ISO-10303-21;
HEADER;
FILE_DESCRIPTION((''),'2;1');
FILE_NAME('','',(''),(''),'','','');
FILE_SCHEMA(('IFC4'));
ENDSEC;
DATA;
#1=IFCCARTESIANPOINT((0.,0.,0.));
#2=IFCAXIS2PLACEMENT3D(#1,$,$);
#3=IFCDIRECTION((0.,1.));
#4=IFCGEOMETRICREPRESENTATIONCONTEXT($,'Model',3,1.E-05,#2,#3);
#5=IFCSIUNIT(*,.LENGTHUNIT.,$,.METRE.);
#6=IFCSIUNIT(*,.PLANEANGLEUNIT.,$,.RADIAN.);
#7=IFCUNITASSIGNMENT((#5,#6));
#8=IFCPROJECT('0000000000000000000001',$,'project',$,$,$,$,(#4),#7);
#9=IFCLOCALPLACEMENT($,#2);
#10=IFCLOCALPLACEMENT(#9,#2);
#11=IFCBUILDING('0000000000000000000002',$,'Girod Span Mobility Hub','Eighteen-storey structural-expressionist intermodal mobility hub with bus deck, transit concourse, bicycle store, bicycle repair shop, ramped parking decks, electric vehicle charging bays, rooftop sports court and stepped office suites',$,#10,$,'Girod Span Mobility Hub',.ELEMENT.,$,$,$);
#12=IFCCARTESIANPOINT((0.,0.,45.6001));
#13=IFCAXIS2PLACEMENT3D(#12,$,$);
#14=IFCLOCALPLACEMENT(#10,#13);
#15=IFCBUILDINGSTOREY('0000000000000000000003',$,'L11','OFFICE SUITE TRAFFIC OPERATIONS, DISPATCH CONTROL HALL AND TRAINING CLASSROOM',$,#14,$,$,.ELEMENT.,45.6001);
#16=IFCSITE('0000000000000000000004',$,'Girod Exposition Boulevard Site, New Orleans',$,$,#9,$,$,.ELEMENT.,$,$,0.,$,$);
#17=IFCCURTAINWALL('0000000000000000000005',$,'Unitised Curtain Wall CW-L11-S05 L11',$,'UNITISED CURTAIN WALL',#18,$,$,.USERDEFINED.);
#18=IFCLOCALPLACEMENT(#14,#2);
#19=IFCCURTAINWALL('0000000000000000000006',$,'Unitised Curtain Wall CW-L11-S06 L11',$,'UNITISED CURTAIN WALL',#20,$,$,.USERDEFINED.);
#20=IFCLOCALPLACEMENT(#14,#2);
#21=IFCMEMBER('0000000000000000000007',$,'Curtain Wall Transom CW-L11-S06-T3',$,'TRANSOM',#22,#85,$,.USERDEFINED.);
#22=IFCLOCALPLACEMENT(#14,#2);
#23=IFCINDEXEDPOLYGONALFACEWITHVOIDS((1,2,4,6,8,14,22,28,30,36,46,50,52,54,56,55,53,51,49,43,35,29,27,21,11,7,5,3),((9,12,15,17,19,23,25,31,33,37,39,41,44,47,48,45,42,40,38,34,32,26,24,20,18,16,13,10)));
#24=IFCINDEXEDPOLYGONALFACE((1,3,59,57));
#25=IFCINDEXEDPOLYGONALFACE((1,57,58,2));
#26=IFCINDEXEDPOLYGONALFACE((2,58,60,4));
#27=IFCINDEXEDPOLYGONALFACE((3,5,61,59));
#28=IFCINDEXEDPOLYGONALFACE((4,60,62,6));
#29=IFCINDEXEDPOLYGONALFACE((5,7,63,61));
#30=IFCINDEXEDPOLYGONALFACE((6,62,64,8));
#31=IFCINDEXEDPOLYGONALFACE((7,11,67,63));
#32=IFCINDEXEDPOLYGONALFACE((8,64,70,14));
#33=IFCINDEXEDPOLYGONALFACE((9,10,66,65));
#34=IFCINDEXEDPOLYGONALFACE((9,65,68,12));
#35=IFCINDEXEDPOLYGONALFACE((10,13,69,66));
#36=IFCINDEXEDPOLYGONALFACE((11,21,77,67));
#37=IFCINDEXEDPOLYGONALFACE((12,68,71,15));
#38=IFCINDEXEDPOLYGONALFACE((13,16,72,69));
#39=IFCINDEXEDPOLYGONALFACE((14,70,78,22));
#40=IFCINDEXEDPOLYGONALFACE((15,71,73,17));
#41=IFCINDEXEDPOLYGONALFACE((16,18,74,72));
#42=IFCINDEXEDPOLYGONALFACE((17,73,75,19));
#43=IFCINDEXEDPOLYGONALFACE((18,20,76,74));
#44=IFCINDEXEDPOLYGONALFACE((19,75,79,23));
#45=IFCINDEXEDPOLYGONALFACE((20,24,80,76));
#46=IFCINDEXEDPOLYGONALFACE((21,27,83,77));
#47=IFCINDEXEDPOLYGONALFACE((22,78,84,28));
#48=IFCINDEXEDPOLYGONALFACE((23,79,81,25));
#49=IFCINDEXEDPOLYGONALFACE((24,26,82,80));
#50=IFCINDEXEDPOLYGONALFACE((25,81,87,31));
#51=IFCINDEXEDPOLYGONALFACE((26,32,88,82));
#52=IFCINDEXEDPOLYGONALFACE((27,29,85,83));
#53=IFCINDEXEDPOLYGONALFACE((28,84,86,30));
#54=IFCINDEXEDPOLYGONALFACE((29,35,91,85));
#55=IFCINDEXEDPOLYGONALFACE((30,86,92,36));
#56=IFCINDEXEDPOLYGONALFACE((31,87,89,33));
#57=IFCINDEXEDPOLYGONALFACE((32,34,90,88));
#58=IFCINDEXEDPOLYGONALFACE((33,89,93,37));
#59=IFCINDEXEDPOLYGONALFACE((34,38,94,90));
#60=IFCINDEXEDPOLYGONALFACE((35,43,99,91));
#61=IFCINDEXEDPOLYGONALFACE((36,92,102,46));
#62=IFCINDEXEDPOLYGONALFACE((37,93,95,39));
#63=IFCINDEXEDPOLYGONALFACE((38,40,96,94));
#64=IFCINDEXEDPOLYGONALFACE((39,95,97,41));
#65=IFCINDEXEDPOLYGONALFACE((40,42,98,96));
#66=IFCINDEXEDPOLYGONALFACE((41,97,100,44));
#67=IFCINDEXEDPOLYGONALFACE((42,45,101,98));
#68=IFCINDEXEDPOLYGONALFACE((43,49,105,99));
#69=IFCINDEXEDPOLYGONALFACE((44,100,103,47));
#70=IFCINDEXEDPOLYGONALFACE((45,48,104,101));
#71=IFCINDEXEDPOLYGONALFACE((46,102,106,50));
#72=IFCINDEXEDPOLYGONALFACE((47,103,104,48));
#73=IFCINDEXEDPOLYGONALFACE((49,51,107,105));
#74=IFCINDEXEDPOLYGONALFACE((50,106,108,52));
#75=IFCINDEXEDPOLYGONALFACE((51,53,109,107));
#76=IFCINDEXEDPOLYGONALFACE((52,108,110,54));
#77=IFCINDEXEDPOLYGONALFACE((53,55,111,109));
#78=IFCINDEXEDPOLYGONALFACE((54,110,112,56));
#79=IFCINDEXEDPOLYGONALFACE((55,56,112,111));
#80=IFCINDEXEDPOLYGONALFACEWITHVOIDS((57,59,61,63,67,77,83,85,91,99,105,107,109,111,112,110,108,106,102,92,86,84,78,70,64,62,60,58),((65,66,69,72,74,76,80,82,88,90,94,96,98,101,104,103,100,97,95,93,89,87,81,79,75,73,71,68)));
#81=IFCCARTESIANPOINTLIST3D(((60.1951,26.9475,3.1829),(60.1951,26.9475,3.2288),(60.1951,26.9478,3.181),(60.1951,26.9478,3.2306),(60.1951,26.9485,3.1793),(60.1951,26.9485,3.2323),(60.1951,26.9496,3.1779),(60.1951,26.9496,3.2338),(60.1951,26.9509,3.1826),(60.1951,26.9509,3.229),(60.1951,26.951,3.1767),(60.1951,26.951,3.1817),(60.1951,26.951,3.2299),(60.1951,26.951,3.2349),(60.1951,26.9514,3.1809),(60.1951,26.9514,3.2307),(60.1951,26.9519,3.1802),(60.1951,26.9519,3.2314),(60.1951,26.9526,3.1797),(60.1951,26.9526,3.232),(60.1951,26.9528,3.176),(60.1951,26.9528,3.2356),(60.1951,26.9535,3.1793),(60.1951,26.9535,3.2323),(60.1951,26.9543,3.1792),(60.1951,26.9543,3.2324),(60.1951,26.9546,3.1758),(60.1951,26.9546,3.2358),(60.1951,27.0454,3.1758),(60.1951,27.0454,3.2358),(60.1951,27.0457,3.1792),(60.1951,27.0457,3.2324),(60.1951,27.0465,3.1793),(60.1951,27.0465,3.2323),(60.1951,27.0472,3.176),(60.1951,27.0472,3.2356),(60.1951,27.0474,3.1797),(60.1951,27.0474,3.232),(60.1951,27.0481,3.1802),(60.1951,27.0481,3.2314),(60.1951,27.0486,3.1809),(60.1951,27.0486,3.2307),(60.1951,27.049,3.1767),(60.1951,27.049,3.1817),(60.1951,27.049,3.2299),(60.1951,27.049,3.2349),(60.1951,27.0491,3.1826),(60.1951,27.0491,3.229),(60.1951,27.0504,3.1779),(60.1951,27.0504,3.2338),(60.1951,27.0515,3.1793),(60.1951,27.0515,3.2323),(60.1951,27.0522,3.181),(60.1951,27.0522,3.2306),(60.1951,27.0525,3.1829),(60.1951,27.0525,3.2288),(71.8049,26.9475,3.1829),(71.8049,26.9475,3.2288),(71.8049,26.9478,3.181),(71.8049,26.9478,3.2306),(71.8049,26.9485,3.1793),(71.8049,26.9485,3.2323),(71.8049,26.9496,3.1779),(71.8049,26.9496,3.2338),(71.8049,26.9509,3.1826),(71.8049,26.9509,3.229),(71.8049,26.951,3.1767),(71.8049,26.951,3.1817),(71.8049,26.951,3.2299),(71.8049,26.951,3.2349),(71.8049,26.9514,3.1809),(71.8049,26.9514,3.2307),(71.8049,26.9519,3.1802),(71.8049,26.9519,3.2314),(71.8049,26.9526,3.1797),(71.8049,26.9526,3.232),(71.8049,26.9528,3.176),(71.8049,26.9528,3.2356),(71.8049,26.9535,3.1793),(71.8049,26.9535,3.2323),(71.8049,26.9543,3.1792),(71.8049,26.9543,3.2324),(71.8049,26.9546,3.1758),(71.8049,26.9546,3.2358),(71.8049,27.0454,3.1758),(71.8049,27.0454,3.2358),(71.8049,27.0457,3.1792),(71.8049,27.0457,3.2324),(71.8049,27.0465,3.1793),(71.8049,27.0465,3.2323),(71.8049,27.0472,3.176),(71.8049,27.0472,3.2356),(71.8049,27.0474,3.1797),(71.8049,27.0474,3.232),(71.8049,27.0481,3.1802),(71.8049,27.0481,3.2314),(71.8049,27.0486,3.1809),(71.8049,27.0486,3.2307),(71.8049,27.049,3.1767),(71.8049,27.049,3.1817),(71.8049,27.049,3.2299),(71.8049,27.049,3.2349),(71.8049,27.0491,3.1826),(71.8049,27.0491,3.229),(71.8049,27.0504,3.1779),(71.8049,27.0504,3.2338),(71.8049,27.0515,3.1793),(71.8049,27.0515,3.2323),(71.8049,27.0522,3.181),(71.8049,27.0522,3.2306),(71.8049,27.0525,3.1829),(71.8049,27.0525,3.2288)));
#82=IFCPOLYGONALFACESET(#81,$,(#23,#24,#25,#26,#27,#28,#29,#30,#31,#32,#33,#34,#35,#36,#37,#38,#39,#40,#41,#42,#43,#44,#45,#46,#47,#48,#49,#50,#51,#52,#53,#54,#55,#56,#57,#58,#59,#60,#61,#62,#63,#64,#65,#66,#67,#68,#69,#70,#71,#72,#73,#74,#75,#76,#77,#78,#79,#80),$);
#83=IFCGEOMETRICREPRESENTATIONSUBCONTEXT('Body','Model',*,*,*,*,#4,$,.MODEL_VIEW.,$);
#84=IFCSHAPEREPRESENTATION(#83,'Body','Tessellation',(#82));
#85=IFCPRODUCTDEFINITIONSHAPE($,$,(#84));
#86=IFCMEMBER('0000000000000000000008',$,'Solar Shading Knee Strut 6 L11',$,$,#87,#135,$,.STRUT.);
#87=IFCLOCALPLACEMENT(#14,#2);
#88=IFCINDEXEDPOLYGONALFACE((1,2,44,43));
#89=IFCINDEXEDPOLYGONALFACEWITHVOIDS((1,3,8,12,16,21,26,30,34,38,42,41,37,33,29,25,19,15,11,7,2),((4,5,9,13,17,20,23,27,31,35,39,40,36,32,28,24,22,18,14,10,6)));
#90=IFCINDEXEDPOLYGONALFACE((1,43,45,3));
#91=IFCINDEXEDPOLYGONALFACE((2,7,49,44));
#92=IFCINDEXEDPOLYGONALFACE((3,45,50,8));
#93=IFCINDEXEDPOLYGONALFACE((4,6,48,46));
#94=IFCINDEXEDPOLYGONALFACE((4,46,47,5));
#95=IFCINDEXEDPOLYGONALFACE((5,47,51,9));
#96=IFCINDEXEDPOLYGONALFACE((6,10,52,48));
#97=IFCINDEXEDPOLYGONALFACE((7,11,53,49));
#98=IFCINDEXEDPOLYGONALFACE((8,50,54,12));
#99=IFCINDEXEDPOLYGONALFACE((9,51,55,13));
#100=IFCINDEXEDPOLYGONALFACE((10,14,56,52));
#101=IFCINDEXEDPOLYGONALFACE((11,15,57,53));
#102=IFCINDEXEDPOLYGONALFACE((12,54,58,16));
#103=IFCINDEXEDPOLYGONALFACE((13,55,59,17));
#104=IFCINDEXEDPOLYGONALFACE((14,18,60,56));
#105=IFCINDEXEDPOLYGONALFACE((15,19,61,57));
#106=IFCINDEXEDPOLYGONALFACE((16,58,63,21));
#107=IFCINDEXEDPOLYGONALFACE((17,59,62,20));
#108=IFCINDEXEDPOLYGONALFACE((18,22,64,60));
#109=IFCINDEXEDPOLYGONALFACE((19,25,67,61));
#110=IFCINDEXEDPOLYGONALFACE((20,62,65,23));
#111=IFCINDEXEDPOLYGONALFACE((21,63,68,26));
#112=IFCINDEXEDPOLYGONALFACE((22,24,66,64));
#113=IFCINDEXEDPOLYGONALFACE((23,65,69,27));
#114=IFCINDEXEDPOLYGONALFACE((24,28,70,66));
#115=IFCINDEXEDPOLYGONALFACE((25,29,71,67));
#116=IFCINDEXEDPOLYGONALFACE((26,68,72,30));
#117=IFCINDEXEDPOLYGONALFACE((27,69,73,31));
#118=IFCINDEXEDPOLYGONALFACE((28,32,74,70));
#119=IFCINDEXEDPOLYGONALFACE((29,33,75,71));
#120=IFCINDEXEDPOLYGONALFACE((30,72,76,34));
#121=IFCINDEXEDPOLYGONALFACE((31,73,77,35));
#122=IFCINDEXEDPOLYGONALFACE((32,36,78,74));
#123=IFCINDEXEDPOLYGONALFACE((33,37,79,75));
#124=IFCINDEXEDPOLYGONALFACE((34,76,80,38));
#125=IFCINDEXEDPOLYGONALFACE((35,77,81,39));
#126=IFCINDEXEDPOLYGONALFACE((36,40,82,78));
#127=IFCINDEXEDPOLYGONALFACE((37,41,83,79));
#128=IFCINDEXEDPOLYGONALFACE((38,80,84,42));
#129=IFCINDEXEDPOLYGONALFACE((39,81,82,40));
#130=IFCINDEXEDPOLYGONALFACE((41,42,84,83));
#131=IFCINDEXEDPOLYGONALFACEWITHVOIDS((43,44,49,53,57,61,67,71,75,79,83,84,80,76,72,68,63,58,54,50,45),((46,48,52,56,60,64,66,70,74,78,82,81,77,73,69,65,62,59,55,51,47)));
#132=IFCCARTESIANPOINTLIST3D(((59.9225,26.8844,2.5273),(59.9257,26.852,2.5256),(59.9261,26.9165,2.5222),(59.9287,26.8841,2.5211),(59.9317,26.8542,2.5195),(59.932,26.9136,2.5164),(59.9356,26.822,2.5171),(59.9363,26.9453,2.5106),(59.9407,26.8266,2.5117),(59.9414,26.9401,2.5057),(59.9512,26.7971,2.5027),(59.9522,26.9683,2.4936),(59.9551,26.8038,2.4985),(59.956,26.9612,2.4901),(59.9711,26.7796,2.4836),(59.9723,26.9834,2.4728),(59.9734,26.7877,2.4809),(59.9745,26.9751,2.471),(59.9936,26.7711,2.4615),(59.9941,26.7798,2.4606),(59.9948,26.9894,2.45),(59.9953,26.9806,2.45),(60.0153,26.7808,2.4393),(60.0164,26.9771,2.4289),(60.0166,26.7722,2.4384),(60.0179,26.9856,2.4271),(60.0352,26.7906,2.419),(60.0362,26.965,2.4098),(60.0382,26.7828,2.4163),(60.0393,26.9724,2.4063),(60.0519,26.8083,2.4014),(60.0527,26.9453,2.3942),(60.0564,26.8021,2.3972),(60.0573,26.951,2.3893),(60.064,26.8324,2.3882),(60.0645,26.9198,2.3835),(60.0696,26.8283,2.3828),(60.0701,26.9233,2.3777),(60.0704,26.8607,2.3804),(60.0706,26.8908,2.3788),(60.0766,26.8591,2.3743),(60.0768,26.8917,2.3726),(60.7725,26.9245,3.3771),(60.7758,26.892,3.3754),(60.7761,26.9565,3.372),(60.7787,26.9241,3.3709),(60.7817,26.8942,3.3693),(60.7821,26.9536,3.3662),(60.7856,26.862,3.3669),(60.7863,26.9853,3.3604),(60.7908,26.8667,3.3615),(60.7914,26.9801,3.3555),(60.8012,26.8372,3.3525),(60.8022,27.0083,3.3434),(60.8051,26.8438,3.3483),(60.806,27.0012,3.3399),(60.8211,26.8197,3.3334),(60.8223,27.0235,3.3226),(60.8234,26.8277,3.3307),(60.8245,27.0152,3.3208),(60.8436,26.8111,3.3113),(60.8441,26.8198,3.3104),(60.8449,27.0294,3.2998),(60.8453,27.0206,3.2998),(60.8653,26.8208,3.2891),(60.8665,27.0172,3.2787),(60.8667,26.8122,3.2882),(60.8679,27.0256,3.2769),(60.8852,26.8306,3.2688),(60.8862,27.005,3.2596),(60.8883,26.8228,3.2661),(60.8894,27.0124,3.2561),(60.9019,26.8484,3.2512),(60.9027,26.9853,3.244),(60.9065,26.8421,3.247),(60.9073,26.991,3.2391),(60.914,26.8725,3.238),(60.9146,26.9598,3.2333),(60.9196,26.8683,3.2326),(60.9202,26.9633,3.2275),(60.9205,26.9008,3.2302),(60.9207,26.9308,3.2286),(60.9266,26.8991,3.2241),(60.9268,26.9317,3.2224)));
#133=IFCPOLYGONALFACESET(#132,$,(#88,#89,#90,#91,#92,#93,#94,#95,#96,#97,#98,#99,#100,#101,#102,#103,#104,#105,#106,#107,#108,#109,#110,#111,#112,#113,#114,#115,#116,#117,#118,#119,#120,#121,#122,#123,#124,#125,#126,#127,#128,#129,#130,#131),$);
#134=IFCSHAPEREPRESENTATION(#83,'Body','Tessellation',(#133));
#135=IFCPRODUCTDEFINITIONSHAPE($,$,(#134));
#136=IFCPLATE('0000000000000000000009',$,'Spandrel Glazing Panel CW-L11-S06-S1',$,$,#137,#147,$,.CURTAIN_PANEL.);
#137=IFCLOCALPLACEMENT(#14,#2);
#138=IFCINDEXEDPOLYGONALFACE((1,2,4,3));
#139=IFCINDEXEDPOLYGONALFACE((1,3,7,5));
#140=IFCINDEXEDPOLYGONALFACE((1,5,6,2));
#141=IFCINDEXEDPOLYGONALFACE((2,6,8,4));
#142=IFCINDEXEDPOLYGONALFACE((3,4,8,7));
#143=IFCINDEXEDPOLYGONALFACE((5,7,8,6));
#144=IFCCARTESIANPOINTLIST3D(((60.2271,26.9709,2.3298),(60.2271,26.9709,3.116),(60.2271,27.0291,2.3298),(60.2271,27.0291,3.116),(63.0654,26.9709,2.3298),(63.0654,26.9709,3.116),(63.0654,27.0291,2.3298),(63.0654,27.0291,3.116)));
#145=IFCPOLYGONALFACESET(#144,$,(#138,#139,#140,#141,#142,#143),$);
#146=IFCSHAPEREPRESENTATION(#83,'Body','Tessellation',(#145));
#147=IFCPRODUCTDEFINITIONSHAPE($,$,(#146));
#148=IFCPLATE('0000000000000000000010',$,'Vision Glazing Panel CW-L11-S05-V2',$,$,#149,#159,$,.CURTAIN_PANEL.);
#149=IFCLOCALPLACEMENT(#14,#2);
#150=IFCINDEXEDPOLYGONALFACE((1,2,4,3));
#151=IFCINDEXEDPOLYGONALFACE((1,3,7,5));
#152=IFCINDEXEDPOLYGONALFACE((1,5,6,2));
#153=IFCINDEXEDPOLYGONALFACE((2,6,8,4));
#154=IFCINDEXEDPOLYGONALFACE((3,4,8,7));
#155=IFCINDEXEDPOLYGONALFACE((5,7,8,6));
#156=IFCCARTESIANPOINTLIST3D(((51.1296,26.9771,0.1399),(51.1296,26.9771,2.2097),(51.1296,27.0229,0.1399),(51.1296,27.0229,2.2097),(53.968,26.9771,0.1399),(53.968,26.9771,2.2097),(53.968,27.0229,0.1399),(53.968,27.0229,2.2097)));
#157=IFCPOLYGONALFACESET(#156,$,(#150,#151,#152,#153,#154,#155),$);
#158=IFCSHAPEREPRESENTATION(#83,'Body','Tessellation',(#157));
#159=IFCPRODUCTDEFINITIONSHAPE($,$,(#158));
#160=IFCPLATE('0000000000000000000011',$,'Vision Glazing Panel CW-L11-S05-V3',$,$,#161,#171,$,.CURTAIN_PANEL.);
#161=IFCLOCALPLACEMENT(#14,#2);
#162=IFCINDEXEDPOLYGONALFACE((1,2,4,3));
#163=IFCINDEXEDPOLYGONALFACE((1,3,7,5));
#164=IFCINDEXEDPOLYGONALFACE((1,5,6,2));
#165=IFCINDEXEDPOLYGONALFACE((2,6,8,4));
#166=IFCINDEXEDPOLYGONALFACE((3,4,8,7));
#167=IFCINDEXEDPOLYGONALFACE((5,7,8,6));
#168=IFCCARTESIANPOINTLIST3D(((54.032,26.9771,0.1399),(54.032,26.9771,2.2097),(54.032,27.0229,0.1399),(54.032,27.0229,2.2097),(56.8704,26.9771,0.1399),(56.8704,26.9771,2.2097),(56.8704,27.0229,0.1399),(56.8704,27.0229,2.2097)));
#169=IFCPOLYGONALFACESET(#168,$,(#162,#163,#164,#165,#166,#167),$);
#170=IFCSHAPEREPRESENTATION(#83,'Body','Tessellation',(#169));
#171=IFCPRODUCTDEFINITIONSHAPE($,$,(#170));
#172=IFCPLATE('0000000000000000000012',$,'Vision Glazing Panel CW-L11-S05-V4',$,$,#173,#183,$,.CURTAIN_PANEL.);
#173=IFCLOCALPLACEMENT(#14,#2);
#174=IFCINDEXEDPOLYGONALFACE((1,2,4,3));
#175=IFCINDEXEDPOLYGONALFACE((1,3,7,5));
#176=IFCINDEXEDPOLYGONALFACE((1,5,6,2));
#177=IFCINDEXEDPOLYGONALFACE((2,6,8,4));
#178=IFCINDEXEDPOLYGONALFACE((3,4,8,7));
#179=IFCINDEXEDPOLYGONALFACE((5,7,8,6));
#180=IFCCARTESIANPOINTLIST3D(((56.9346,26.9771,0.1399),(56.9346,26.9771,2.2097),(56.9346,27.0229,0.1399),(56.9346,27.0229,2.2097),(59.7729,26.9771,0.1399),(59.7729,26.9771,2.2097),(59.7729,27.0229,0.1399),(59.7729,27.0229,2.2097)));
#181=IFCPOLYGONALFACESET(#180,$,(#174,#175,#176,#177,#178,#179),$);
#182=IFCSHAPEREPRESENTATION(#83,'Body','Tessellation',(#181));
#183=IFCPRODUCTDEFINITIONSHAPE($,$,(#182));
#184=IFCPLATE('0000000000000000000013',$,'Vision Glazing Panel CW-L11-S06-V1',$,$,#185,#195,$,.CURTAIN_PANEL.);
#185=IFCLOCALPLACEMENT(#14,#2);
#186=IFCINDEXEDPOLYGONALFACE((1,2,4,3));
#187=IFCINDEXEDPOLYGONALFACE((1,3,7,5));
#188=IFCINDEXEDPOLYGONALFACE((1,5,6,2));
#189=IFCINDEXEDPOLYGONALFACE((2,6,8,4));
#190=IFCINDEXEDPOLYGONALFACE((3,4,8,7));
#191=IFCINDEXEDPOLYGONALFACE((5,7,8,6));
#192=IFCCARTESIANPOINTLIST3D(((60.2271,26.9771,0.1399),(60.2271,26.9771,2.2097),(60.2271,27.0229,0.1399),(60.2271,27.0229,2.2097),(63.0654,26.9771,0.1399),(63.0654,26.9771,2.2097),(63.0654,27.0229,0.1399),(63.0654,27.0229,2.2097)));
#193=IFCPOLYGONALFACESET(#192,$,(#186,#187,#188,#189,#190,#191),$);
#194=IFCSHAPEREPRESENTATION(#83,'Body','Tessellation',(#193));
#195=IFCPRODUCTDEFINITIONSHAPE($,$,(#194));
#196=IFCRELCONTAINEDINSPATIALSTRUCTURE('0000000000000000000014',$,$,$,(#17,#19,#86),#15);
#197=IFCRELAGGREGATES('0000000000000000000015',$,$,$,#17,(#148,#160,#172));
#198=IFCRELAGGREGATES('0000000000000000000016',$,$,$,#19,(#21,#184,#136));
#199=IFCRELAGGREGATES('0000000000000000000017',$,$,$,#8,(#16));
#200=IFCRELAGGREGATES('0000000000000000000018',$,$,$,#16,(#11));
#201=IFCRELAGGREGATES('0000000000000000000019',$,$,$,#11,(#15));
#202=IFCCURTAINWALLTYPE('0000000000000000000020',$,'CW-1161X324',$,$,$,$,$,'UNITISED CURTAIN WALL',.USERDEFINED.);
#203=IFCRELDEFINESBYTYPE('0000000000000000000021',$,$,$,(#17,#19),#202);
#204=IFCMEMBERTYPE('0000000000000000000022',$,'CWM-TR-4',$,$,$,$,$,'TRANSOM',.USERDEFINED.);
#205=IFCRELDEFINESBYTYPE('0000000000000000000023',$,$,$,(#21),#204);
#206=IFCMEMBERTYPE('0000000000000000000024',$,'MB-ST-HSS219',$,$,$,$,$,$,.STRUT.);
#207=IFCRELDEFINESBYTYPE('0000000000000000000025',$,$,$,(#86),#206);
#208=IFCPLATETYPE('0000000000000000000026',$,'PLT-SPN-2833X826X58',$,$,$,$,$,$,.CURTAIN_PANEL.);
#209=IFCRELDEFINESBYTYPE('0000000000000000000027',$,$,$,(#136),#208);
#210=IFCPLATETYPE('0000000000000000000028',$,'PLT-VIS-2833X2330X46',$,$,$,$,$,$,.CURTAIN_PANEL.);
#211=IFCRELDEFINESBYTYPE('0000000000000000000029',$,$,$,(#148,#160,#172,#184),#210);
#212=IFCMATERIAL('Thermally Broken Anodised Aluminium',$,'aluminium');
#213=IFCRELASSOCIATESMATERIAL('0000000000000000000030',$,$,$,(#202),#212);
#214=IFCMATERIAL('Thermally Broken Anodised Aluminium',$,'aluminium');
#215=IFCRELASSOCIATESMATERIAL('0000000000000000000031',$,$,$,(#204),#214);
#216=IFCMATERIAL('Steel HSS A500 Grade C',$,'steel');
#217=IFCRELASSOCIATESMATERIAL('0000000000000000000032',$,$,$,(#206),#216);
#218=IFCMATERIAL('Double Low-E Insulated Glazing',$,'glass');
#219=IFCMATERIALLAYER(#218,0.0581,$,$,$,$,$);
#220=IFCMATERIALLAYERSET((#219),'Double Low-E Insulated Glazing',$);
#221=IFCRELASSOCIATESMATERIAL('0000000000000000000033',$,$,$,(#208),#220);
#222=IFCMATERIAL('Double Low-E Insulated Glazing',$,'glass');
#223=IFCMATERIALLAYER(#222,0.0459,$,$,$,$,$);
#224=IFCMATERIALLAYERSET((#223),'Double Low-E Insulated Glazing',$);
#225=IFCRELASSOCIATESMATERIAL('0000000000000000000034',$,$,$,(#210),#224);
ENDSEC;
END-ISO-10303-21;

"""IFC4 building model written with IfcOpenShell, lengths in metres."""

from ifc_helpers import new_model, si_unit, direction, frame, origin, origin_2d, place, context, subcontext, project, spatial, rectangle, hollow_rectangle, hollow_circle, extrude, material, layer, layer_set, material_profile, profile_set, type_object, element, aggregate, save


model = new_model("IFC4")

# Units and contexts
model_context = context("Model", 3, precision=1e-05, world=origin(), true_north=direction((0.0, 1.0)))
body_context = subcontext(model_context, "Body", "Model", "MODEL_VIEW")
ifc_project = project(units=[si_unit("LENGTHUNIT", "METRE"), si_unit("PLANEANGLEUNIT", "RADIAN")], contexts=[model_context])

# Site, building, storey
site_placement = place(None, origin())
site = spatial("IfcSite", under=ifc_project, at=site_placement, Name="Girod Exposition Boulevard Site, New Orleans", CompositionType="ELEMENT", RefElevation=0.0)
building_placement = place(site_placement, origin())
building = spatial("IfcBuilding", under=site, at=building_placement, Name="Girod Span Mobility Hub", Description="Eighteen-storey structural-expressionist intermodal mobility hub with bus deck, transit concourse, bicycle store, bicycle repair shop, ramped parking decks, electric vehicle charging bays, rooftop sports court and stepped office suites", LongName="Girod Span Mobility Hub", CompositionType="ELEMENT")
storey_placement = place(building_placement, frame((0.0, 0.0, 45.6001)))
storey = spatial("IfcBuildingStorey", under=building, at=storey_placement, Name="L11", Description="OFFICE SUITE TRAFFIC OPERATIONS, DISPATCH CONTROL HALL AND TRAINING CLASSROOM", CompositionType="ELEMENT", Elevation=45.6001)

# Curtain walls, member
ifc_material_1 = material(Name="Thermally Broken Anodised Aluminium", Category="aluminium")
curtain_wall_type = type_object("IfcCurtainWallType", Name="CW-1161X324", ElementType="UNITISED CURTAIN WALL", PredefinedType="USERDEFINED", material=ifc_material_1)
curtain_wall_1_placement = place(storey_placement, origin())
curtain_wall_1 = element("IfcCurtainWall", 1, at=curtain_wall_1_placement, inside=storey, type_object=curtain_wall_type, Name="Unitised Curtain Wall CW-L11-S05 L11", ObjectType="UNITISED CURTAIN WALL", PredefinedType="USERDEFINED")
curtain_wall_2_placement = place(storey_placement, origin())
curtain_wall_2 = element("IfcCurtainWall", 2, at=curtain_wall_2_placement, inside=storey, type_object=curtain_wall_type, Name="Unitised Curtain Wall CW-L11-S06 L11", ObjectType="UNITISED CURTAIN WALL", PredefinedType="USERDEFINED")
ifc_material_2 = material(Name="Thermally Broken Anodised Aluminium", Category="aluminium")
ifc_material_profile_1 = material_profile(ifc_material_2, hollow_rectangle(XDim=0.105, YDim=0.0601, WallThickness=0.0034, InnerFilletRadius=0.0034, OuterFilletRadius=0.0071, at=origin_2d()), Name="CW-TR-60X105")
ifc_profile_set_1 = profile_set([ifc_material_profile_1], Name="Thermally Broken Anodised Aluminium")
member_type_1 = type_object("IfcMemberType", Name="CWM-TR-4", ElementType="TRANSOM", PredefinedType="USERDEFINED", material=ifc_profile_set_1)
member_1_placement = place(storey_placement, frame((60.1951, 27.0, 3.2058), z_axis=(1.0, 0.0, 0.0), x_axis=(0.0, 1.0, 0.0)))
member_1 = element("IfcMember", 3, at=member_1_placement, type_object=member_type_1, Name="Curtain Wall Transom CW-L11-S06-T3", ObjectType="TRANSOM", PredefinedType="USERDEFINED", context=body_context, shape_type="SweptSolid", body=[
    extrude(hollow_rectangle(XDim=0.105, YDim=0.0601, WallThickness=0.0034, InnerFilletRadius=0.0034, OuterFilletRadius=0.0071, at=origin_2d()), origin(), (0.0, 0.0, 1.0), 11.6099),
])

# Member
ifc_material_3 = material(Name="Steel HSS A500 Grade C", Category="steel")
ifc_material_profile_2 = material_profile(ifc_material_3, hollow_circle(Radius=0.1096, WallThickness=0.0088, at=origin_2d()), Name="HSS219X9.5")
ifc_profile_set_2 = profile_set([ifc_material_profile_2], Name="Steel HSS A500 Grade C")
member_type_2 = type_object("IfcMemberType", Name="MB-ST-HSS219", PredefinedType="STRUT", material=ifc_profile_set_2)
member_2_placement = place(storey_placement, frame((60.0, 26.8799, 2.45), z_axis=(0.706816, 0.033291, 0.706613), x_axis=(-0.047047, 0.998893, 0.0)))
element("IfcMember", 4, at=member_2_placement, inside=storey, type_object=member_type_2, Name="Solar Shading Knee Strut 6 L11", PredefinedType="STRUT", context=body_context, shape_type="SweptSolid", body=[
    extrude(hollow_circle(Radius=0.1096, WallThickness=0.0088, at=origin_2d()), origin(), (0.0, 0.0, 1.0), 1.2026),
])

# Plates
ifc_material_4 = material(Name="Double Low-E Insulated Glazing", Category="glass")
ifc_layer_1 = layer(ifc_material_4, 0.0581)
ifc_layer_set_1 = layer_set([ifc_layer_1], Name="Double Low-E Insulated Glazing")
plate_type_1 = type_object("IfcPlateType", Name="PLT-SPN-2833X826X58", PredefinedType="CURTAIN_PANEL", material=ifc_layer_set_1)
plate_1_placement = place(storey_placement, frame((61.6462, 27.0, 2.3298), z_axis=(0.0, 0.0, 1.0), x_axis=(1.0, 0.0, 0.0)))
plate_1 = element("IfcPlate", 5, at=plate_1_placement, type_object=plate_type_1, Name="Spandrel Glazing Panel CW-L11-S06-S1", PredefinedType="CURTAIN_PANEL", context=body_context, shape_type="SweptSolid", body=[
    extrude(rectangle(XDim=2.8384, YDim=0.0581, at=origin_2d()), origin(), (0.0, 0.0, 1.0), 0.7861),
])
ifc_material_5 = material(Name="Double Low-E Insulated Glazing", Category="glass")
ifc_layer_2 = layer(ifc_material_5, 0.0459)
ifc_layer_set_2 = layer_set([ifc_layer_2], Name="Double Low-E Insulated Glazing")
plate_type_2 = type_object("IfcPlateType", Name="PLT-VIS-2833X2330X46", PredefinedType="CURTAIN_PANEL", material=ifc_layer_set_2)
plate_2_placement = place(storey_placement, frame((52.5488, 27.0, 0.1399), z_axis=(0.0, 0.0, 1.0), x_axis=(1.0, 0.0, 0.0)))
plate_2 = element("IfcPlate", 6, at=plate_2_placement, type_object=plate_type_2, Name="Vision Glazing Panel CW-L11-S05-V2", PredefinedType="CURTAIN_PANEL", context=body_context, shape_type="SweptSolid", body=[
    extrude(rectangle(XDim=2.8384, YDim=0.0459, at=origin_2d()), origin(), (0.0, 0.0, 1.0), 2.0698),
])
plate_3_placement = place(storey_placement, frame((55.4512, 27.0, 0.1399), z_axis=(0.0, 0.0, 1.0), x_axis=(1.0, 0.0, 0.0)))
plate_3 = element("IfcPlate", 7, at=plate_3_placement, type_object=plate_type_2, Name="Vision Glazing Panel CW-L11-S05-V3", PredefinedType="CURTAIN_PANEL", context=body_context, shape_type="SweptSolid", body=[
    extrude(rectangle(XDim=2.8384, YDim=0.0459, at=origin_2d()), origin(), (0.0, 0.0, 1.0), 2.0698),
])
plate_4_placement = place(storey_placement, frame((58.3538, 27.0, 0.1399), z_axis=(0.0, 0.0, 1.0), x_axis=(1.0, 0.0, 0.0)))
plate_4 = element("IfcPlate", 8, at=plate_4_placement, type_object=plate_type_2, Name="Vision Glazing Panel CW-L11-S05-V4", PredefinedType="CURTAIN_PANEL", context=body_context, shape_type="SweptSolid", body=[
    extrude(rectangle(XDim=2.8384, YDim=0.0459, at=origin_2d()), origin(), (0.0, 0.0, 1.0), 2.0698),
])
aggregate(curtain_wall_1, [plate_2, plate_3, plate_4])
plate_5_placement = place(storey_placement, frame((61.6462, 27.0, 0.1399), z_axis=(0.0, 0.0, 1.0), x_axis=(1.0, 0.0, 0.0)))
plate_5 = element("IfcPlate", 9, at=plate_5_placement, type_object=plate_type_2, Name="Vision Glazing Panel CW-L11-S06-V1", PredefinedType="CURTAIN_PANEL", context=body_context, shape_type="SweptSolid", body=[
    extrude(rectangle(XDim=2.8384, YDim=0.0459, at=origin_2d()), origin(), (0.0, 0.0, 1.0), 2.0698),
])
aggregate(curtain_wall_2, [member_1, plate_5, plate_1])

save(model, "model.ifc")
